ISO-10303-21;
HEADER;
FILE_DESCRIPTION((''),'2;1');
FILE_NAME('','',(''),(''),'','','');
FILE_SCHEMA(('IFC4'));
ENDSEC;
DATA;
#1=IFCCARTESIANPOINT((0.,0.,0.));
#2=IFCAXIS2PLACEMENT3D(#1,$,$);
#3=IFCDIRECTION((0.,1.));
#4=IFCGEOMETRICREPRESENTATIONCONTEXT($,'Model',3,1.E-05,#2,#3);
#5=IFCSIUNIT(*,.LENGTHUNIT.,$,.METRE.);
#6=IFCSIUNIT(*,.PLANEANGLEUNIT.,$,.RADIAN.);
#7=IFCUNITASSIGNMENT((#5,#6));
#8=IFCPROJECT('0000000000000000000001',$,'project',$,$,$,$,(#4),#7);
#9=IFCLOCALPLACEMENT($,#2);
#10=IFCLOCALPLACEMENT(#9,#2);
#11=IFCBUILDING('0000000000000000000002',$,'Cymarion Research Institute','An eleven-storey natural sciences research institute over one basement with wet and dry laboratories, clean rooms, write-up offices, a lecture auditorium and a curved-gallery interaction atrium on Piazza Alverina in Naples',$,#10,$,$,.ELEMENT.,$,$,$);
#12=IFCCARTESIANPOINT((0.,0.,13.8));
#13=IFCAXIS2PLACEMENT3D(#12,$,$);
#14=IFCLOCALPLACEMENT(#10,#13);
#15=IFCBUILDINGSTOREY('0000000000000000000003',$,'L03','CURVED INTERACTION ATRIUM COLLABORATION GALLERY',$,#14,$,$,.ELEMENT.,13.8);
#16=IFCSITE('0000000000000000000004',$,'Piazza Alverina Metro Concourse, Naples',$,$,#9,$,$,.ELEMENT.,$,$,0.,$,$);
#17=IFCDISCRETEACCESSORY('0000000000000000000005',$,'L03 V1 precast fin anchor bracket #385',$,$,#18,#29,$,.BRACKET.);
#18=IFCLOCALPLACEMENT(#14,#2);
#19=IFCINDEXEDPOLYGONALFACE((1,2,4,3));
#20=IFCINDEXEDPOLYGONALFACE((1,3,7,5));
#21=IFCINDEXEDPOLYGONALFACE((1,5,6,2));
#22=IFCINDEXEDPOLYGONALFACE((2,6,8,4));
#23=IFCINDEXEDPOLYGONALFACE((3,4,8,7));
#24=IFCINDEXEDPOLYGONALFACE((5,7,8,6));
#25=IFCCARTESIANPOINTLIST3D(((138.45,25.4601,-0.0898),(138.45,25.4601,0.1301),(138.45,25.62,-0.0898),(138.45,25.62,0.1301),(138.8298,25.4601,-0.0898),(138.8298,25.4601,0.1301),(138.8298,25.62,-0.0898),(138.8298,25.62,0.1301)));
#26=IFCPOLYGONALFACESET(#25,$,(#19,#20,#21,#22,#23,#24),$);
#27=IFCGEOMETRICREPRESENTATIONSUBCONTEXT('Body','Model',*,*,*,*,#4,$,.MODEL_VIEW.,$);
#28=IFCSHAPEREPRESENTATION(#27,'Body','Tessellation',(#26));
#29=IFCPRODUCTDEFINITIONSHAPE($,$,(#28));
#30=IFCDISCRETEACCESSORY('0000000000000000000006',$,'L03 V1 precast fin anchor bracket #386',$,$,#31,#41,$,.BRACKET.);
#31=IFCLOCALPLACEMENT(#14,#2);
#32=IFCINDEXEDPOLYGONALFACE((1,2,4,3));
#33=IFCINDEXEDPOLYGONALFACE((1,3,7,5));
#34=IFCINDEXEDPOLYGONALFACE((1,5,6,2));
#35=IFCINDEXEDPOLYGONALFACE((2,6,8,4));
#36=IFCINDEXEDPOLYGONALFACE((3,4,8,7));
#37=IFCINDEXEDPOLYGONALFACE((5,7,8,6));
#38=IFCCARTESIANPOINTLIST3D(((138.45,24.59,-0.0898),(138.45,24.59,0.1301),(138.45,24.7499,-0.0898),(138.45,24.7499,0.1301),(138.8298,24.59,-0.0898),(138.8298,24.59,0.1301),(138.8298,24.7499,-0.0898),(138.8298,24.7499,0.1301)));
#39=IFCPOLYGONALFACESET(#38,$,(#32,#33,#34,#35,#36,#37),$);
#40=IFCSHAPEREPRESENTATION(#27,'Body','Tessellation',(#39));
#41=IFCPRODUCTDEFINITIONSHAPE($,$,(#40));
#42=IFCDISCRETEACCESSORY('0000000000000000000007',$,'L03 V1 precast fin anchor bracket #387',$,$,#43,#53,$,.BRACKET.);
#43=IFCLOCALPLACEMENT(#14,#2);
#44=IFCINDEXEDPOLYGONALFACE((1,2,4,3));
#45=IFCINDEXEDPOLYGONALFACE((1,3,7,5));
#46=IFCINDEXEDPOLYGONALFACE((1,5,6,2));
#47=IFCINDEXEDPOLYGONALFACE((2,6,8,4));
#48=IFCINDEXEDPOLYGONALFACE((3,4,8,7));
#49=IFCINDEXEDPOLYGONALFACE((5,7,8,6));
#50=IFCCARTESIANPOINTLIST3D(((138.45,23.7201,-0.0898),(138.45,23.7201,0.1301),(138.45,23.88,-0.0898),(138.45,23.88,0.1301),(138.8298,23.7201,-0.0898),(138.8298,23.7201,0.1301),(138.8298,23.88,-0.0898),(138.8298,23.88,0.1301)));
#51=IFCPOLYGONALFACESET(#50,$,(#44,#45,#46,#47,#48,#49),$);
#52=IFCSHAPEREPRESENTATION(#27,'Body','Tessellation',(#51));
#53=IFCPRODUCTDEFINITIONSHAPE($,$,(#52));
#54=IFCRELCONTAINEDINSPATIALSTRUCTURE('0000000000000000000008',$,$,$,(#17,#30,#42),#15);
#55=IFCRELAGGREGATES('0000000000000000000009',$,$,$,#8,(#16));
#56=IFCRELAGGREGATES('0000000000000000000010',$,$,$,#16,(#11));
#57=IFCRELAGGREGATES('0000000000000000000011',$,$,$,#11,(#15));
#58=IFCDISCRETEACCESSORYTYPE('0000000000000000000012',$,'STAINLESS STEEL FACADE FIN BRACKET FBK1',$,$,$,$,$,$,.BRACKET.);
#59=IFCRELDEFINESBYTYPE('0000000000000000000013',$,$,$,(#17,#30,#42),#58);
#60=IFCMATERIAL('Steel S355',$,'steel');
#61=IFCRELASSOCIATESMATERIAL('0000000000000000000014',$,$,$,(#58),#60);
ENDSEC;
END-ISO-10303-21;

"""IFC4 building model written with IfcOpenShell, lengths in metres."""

from ifc_helpers import new_model, si_unit, direction, frame, origin, origin_2d, place, context, subcontext, project, spatial, rectangle, extrude, material, type_object, element, save


model = new_model("IFC4")

# Units and contexts
model_context = context("Model", 3, precision=1e-05, world=origin(), true_north=direction((0.0, 1.0)))
body_context = subcontext(model_context, "Body", "Model", "MODEL_VIEW")
ifc_project = project(units=[si_unit("LENGTHUNIT", "METRE"), si_unit("PLANEANGLEUNIT", "RADIAN")], contexts=[model_context])

# Site, building, storey
site_placement = place(None, origin())
site = spatial("IfcSite", under=ifc_project, at=site_placement, Name="Piazza Alverina Metro Concourse, Naples", CompositionType="ELEMENT", RefElevation=0.0)
building_placement = place(site_placement, origin())
building = spatial("IfcBuilding", under=site, at=building_placement, Name="Cymarion Research Institute", Description="An eleven-storey natural sciences research institute over one basement with wet and dry laboratories, clean rooms, write-up offices, a lecture auditorium and a curved-gallery interaction atrium on Piazza Alverina in Naples", CompositionType="ELEMENT")
storey_placement = place(building_placement, frame((0.0, 0.0, 13.8)))
storey = spatial("IfcBuildingStorey", under=building, at=storey_placement, Name="L03", Description="CURVED INTERACTION ATRIUM COLLABORATION GALLERY", CompositionType="ELEMENT", Elevation=13.8)

# Shared definitions
ifc_material_1 = material(Name="Steel S355", Category="steel")

# Discrete accessories
discrete_accessory_type = type_object("IfcDiscreteAccessoryType", Name="STAINLESS STEEL FACADE FIN BRACKET FBK1", PredefinedType="BRACKET", material=ifc_material_1)
for number, where, z_axis, x_axis, name in (
    (1, (138.6399, 25.54, -0.0898), (0.0, 0.0, 1.0), (-1.0, 0.0, 0.0), "L03 V1 precast fin anchor bracket #385"),
    (2, (138.6399, 24.6699, -0.0898), (0.0, 0.0, 1.0), (-1.0, 0.0, 0.0), "L03 V1 precast fin anchor bracket #386"),
    (3, (138.6399, 23.8, -0.0898), (0.0, 0.0, 1.0), (-1.0, 0.0, 0.0), "L03 V1 precast fin anchor bracket #387"),
):
    element("IfcDiscreteAccessory", number, at=place(storey_placement, frame(where, z_axis=z_axis, x_axis=x_axis)), inside=storey, type_object=discrete_accessory_type, Name=name, PredefinedType="BRACKET", context=body_context, shape_type="SweptSolid", body=[
        extrude(rectangle(XDim=0.3799, YDim=0.1599, at=origin_2d()), origin(), (0.0, 0.0, 1.0), 0.22),
    ])

save(model, "model.ifc")
